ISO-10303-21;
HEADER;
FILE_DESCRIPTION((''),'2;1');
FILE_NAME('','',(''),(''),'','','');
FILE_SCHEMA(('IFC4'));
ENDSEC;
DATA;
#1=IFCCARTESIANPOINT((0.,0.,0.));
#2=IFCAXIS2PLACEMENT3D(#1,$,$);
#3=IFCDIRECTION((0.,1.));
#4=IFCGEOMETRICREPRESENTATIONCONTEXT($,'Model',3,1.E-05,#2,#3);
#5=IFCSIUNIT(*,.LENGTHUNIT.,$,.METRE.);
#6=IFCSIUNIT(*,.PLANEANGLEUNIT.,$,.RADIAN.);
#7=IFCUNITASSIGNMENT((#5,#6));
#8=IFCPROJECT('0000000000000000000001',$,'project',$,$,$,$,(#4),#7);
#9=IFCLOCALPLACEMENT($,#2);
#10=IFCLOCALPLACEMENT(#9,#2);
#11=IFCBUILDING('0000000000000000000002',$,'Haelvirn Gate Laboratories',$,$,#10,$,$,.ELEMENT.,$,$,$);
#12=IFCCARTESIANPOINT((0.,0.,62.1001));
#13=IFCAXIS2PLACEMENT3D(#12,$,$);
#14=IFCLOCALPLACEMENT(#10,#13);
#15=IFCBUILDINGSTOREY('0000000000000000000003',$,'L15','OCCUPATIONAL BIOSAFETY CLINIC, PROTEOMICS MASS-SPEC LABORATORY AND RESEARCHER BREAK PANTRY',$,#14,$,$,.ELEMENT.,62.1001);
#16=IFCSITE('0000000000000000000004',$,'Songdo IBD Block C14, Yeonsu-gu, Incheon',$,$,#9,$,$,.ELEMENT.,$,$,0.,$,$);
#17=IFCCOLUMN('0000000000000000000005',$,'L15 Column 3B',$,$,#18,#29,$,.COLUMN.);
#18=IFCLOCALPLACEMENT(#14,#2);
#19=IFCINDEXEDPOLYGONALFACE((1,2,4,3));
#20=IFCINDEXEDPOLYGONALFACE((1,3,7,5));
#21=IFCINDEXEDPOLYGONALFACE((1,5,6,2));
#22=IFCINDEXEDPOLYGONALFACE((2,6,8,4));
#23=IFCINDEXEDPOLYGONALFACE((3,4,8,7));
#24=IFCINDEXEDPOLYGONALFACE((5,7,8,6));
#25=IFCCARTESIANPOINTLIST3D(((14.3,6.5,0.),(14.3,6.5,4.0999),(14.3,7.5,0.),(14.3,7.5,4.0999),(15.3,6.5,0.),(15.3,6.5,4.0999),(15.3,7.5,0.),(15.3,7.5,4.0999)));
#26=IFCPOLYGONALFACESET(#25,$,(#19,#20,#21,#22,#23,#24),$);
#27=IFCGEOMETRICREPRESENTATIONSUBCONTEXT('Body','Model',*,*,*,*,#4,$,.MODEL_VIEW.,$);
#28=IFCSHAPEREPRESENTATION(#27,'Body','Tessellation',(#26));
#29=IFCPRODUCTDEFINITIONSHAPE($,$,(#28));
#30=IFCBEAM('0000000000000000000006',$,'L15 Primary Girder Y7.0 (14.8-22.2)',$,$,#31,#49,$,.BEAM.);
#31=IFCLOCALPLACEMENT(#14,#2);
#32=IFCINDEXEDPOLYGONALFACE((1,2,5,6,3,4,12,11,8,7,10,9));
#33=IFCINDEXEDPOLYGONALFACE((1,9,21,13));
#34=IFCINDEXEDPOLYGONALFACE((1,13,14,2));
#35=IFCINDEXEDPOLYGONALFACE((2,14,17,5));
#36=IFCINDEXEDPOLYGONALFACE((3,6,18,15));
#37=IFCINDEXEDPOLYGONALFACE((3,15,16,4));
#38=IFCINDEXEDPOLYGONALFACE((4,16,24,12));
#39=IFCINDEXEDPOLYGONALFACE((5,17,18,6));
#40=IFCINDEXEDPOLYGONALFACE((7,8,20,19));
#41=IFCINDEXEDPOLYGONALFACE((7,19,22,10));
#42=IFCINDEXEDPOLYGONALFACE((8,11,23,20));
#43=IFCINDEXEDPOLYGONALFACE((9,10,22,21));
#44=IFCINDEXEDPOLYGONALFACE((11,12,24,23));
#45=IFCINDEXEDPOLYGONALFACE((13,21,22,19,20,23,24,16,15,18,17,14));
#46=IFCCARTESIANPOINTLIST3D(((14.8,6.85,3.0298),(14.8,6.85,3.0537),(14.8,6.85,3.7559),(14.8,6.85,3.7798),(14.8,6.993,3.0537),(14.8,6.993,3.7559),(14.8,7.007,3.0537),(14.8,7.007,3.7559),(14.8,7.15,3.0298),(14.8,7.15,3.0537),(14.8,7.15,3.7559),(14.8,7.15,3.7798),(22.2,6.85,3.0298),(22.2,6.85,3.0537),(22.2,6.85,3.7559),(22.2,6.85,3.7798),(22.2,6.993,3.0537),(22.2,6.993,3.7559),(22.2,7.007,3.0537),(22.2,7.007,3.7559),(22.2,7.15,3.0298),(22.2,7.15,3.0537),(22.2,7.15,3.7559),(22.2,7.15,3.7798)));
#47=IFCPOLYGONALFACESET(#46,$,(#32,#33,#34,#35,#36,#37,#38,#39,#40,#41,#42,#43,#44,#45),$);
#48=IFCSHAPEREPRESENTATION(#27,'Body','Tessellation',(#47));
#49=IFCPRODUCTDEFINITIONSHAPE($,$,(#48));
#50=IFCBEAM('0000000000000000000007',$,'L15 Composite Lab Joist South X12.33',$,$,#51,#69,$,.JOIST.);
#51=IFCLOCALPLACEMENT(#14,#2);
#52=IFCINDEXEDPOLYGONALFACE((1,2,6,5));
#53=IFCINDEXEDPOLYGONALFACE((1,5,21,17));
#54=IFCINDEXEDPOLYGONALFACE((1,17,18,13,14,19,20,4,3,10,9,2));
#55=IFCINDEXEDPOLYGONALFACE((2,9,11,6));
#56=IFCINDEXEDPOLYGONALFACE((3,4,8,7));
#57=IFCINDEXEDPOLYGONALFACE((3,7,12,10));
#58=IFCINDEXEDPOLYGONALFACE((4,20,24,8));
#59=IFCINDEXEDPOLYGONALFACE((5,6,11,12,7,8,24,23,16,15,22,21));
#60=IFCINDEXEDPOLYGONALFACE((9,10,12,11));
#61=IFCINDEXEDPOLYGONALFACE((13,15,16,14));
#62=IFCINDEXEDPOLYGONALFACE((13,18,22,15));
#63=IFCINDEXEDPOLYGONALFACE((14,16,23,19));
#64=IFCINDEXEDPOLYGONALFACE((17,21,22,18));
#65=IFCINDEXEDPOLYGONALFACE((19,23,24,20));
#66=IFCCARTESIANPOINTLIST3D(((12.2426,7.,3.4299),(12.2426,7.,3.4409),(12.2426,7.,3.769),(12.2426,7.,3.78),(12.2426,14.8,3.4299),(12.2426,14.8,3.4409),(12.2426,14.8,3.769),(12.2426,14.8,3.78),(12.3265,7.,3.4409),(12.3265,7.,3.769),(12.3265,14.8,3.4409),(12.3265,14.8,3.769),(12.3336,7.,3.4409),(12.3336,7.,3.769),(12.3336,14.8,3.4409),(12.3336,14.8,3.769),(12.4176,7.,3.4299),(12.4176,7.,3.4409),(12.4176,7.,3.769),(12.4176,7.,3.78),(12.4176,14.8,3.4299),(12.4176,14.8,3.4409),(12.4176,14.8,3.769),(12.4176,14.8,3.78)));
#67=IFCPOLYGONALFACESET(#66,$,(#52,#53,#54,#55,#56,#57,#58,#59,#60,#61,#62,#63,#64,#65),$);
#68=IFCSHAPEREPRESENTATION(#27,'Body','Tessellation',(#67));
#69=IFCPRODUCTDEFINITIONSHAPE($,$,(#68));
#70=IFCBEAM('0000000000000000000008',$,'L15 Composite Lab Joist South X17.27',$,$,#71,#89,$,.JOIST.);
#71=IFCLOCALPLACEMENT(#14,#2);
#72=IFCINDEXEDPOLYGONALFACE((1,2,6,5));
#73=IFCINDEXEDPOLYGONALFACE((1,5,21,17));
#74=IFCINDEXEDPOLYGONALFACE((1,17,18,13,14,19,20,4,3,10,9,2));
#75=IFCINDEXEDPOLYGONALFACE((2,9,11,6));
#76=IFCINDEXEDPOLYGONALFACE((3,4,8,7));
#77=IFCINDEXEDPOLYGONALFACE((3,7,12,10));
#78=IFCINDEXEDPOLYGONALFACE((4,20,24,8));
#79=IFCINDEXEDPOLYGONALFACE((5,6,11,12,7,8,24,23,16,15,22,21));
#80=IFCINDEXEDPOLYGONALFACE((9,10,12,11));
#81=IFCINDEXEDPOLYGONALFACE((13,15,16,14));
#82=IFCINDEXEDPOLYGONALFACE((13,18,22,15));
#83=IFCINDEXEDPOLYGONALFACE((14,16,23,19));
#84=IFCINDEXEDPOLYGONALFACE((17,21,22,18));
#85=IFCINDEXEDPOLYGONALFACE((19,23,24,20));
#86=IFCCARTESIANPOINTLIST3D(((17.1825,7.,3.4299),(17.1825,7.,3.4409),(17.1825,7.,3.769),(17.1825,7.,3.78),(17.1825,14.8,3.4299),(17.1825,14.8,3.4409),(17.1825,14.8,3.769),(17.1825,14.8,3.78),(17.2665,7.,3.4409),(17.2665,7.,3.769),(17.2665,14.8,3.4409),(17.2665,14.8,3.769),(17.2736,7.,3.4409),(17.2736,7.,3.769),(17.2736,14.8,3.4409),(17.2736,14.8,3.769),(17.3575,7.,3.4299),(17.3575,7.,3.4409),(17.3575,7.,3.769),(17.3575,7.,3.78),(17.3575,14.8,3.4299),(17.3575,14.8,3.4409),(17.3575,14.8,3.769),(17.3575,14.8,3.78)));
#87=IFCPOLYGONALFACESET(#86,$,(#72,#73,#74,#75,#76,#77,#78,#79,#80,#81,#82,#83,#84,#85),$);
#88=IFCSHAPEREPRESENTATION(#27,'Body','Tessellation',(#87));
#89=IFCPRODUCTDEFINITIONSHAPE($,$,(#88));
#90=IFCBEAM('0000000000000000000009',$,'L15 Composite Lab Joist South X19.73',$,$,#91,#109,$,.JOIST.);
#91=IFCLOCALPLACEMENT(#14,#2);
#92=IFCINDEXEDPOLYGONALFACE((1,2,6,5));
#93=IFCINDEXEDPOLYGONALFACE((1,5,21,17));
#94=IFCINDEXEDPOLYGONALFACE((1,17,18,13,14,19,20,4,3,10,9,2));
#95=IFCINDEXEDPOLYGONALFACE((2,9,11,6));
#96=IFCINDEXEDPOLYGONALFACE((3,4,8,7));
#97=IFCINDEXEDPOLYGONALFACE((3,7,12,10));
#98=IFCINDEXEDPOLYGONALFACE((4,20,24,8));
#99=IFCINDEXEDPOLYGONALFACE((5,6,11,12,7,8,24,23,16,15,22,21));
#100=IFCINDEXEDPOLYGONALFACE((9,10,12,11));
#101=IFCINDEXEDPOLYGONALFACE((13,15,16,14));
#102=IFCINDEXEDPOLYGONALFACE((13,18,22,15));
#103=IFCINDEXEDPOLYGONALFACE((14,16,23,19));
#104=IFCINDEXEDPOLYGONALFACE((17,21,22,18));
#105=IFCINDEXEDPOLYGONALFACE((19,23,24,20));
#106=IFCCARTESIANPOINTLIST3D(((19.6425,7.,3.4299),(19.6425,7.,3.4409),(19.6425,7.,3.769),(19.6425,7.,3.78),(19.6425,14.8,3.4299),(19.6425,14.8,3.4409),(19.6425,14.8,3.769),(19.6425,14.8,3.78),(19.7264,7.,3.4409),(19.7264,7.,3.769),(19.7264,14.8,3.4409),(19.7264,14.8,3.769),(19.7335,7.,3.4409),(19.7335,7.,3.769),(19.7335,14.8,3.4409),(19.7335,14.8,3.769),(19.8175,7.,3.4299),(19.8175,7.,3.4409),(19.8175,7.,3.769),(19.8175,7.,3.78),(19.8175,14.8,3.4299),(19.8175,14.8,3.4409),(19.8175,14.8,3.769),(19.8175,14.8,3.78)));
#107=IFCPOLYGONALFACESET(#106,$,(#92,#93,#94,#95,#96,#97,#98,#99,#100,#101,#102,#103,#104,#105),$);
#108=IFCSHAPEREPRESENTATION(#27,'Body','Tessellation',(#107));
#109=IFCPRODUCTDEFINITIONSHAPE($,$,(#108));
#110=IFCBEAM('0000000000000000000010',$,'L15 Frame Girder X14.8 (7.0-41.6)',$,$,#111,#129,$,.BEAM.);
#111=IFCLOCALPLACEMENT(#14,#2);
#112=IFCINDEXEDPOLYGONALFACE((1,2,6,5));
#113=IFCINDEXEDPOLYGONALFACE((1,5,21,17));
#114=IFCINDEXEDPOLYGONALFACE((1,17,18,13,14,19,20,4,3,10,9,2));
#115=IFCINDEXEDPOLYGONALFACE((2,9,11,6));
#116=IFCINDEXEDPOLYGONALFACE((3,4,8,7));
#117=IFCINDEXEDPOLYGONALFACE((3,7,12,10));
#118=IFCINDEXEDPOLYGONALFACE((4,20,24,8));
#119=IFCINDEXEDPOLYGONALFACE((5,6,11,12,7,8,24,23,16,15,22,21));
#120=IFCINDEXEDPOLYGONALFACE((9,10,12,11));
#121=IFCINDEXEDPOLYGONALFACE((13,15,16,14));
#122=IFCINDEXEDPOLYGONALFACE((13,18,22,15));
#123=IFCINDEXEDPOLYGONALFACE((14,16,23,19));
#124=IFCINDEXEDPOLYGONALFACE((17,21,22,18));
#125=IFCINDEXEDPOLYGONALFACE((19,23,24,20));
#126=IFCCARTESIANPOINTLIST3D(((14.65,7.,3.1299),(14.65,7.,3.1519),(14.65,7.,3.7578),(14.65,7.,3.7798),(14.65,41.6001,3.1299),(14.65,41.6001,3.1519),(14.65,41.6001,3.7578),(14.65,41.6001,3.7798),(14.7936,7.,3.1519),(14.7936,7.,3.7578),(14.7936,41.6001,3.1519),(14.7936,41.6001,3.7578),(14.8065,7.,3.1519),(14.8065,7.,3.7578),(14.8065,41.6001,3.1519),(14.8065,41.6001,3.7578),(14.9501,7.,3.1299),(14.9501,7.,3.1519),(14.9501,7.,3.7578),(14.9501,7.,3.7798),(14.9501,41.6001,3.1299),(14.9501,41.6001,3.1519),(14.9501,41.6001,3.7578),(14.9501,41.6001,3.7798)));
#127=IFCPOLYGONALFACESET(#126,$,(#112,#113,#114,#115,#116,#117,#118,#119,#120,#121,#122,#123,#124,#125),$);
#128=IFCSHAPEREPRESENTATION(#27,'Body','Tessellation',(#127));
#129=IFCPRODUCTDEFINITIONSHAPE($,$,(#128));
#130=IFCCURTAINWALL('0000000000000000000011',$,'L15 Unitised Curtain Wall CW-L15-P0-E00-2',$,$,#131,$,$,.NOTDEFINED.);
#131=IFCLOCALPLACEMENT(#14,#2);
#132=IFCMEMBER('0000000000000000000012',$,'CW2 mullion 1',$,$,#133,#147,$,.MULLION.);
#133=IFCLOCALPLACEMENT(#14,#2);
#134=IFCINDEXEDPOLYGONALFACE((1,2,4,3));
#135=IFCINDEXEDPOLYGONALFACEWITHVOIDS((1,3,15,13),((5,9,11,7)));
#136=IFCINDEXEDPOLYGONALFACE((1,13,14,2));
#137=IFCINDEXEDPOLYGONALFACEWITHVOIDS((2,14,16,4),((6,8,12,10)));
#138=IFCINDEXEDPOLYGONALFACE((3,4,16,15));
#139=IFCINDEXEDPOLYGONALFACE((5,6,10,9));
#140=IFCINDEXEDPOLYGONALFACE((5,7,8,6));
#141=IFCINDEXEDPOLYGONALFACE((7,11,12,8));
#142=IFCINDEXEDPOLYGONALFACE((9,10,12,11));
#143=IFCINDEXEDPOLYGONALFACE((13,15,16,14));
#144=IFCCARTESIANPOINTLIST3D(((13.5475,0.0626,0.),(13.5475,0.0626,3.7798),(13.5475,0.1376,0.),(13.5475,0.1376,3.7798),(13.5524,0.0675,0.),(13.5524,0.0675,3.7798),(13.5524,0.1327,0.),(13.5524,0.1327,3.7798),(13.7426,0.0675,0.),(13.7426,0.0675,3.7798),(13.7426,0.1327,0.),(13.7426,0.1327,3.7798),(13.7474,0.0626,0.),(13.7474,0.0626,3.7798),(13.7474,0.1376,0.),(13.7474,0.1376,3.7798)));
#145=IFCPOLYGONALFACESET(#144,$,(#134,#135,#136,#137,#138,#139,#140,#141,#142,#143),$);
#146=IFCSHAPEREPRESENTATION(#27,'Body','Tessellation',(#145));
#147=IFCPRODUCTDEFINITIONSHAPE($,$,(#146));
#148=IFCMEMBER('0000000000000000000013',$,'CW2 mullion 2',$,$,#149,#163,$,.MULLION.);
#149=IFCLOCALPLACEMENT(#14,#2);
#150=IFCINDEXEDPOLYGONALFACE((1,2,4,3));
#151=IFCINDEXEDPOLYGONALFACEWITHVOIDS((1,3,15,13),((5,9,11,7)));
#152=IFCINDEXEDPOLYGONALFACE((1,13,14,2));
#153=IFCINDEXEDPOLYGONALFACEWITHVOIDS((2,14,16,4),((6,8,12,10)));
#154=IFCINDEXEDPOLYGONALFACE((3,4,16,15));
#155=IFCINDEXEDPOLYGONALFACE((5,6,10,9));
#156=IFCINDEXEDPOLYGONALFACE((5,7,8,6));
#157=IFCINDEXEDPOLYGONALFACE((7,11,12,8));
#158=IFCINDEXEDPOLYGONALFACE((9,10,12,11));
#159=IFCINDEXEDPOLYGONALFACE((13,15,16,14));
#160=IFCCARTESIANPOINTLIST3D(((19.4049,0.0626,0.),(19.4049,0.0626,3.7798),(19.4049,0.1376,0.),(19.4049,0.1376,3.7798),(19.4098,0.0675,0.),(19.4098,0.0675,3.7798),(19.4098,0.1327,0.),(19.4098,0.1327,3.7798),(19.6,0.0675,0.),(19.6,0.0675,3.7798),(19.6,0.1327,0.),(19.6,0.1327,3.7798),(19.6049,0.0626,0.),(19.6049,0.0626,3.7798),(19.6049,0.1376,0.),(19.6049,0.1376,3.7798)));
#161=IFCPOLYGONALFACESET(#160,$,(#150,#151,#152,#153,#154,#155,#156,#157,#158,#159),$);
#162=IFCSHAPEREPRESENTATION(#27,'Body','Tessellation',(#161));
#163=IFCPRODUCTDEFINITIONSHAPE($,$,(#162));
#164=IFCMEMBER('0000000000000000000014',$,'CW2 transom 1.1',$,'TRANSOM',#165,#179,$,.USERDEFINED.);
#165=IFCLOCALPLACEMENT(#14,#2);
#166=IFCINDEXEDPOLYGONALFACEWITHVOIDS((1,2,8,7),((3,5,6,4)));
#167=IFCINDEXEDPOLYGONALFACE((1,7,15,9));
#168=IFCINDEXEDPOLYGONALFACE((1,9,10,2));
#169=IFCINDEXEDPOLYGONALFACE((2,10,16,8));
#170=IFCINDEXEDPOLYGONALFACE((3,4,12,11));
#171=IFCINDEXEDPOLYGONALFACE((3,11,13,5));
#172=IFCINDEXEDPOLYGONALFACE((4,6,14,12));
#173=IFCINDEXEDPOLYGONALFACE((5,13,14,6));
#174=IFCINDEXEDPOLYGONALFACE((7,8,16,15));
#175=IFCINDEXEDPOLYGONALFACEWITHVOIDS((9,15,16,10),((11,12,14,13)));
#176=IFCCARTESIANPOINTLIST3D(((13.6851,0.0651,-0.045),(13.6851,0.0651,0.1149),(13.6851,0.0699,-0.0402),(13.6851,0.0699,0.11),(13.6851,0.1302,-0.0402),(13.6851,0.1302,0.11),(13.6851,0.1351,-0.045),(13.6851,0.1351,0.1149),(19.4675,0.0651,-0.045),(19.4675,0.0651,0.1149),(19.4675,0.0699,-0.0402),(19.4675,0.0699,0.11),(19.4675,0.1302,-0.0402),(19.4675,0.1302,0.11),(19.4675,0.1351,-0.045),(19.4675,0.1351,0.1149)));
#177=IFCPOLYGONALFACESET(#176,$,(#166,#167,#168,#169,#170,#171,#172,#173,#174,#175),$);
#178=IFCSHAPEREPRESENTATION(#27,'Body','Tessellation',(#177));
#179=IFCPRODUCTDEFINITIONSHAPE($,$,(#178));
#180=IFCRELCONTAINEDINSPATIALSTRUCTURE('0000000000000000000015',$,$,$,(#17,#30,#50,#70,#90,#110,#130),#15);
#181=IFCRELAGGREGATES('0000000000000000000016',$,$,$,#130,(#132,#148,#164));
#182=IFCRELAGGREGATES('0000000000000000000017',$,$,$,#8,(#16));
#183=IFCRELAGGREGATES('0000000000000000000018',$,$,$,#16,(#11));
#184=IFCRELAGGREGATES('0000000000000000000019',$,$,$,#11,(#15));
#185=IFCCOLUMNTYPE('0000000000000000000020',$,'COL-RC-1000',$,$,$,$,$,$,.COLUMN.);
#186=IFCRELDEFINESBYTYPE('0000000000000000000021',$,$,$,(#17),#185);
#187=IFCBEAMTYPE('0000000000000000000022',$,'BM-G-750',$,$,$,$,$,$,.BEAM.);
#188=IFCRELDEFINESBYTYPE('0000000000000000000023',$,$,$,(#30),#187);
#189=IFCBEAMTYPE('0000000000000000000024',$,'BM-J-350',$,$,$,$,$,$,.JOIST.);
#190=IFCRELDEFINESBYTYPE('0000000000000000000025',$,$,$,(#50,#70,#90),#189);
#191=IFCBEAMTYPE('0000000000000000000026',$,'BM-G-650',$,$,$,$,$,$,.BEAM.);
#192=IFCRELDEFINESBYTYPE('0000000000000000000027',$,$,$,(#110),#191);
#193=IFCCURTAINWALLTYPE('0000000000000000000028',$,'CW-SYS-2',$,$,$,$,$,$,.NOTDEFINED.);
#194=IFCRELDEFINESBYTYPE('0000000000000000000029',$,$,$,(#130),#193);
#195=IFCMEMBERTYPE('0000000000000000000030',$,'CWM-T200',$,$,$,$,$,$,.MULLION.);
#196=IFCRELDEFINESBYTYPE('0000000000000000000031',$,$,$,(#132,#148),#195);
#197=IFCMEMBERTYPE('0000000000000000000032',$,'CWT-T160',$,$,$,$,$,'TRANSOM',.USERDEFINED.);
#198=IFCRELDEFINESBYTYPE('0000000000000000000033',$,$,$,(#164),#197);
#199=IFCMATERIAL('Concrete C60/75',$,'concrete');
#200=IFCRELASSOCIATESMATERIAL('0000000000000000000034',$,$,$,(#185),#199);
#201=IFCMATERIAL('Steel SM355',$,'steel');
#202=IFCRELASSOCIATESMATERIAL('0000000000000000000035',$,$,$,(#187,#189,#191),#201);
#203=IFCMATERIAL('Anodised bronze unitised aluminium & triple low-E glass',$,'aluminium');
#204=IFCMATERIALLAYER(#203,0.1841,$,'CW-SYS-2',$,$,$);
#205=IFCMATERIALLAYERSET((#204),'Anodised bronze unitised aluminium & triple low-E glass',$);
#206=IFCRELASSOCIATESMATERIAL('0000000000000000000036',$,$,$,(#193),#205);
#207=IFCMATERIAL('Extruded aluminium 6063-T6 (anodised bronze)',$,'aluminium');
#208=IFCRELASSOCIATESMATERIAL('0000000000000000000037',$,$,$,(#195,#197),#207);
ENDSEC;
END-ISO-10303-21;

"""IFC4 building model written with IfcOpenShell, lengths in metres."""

from ifc_helpers import new_model, si_unit, direction, frame, origin, origin_2d, place, context, subcontext, project, spatial, rectangle, hollow_rectangle, i_section, extrude, source, transform, mapped, material, layer, layer_set, material_profile, profile_set, type_object, type_shapes, element, aggregate, save


model = new_model("IFC4")

# Units and contexts
model_context = context("Model", 3, precision=1e-05, world=origin(), true_north=direction((0.0, 1.0)))
body_context = subcontext(model_context, "Body", "Model", "MODEL_VIEW")
ifc_project = project(units=[si_unit("LENGTHUNIT", "METRE"), si_unit("PLANEANGLEUNIT", "RADIAN")], contexts=[model_context])

# Site, building, storey
site_placement = place(None, origin())
site = spatial("IfcSite", under=ifc_project, at=site_placement, Name="Songdo IBD Block C14, Yeonsu-gu, Incheon", CompositionType="ELEMENT", RefElevation=0.0)
building_placement = place(site_placement, origin())
building = spatial("IfcBuilding", under=site, at=building_placement, Name="Haelvirn Gate Laboratories", CompositionType="ELEMENT")
storey_placement = place(building_placement, frame((0.0, 0.0, 62.1001)))
storey = spatial("IfcBuildingStorey", under=building, at=storey_placement, Name="L15", Description="OCCUPATIONAL BIOSAFETY CLINIC, PROTEOMICS MASS-SPEC LABORATORY AND RESEARCHER BREAK PANTRY", CompositionType="ELEMENT", Elevation=62.1001)

# Column
ifc_material_1 = material(Name="Concrete C60/75", Category="concrete")
ifc_material_profile_1 = material_profile(ifc_material_1, rectangle(XDim=1.0, YDim=1.0, at=origin_2d()), Name="RC-1000x1000")
ifc_profile_set_1 = profile_set([ifc_material_profile_1], Name="Concrete C60/75")
column_type = type_object("IfcColumnType", Name="COL-RC-1000", PredefinedType="COLUMN", material=ifc_profile_set_1)
shared_shape_1 = source(origin(), body_context, "Body", "SweptSolid", [
    extrude(rectangle(XDim=1.0, YDim=1.0, at=origin_2d()), origin(), (0.0, 0.0, 1.0), 4.0999),
])
type_shapes(column_type, [shared_shape_1])
column_placement = place(storey_placement, frame((14.8, 7.0, 0.0), z_axis=(0.0, 0.0, 1.0), x_axis=(1.0, 0.0, 0.0)))
element("IfcColumn", 1, at=column_placement, inside=storey, type_object=column_type, Name="L15 Column 3B", PredefinedType="COLUMN", context=body_context, shape_type="MappedRepresentation", body=[
    mapped(shared_shape_1, transform((0.0, 0.0, 0.0), scale=1.0)),
])

# Beams
ifc_material_2 = material(Name="Steel SM355", Category="steel")
ifc_material_profile_2 = material_profile(ifc_material_2, i_section(OverallWidth=0.3, OverallDepth=0.75, WebThickness=0.0139, FlangeThickness=0.0239, at=origin_2d()), Name="H-750x300x14x24")
ifc_profile_set_2 = profile_set([ifc_material_profile_2], Name="Steel SM355")
beam_type_1 = type_object("IfcBeamType", Name="BM-G-750", PredefinedType="BEAM", material=ifc_profile_set_2)
shared_shape_2 = source(origin(), body_context, "Body", "SweptSolid", [
    extrude(i_section(OverallWidth=0.3, OverallDepth=0.75, WebThickness=0.0139, FlangeThickness=0.0239, at=origin_2d()), origin(), (0.0, 0.0, 1.0), 7.3999),
])
type_shapes(beam_type_1, [shared_shape_2])
beam_1_placement = place(storey_placement, frame((14.8, 7.0, 3.4048), z_axis=(1.0, 0.0, 0.0), x_axis=(0.0, 1.0, 0.0)))
element("IfcBeam", 2, at=beam_1_placement, inside=storey, type_object=beam_type_1, Name="L15 Primary Girder Y7.0 (14.8-22.2)", PredefinedType="BEAM", context=body_context, shape_type="MappedRepresentation", body=[
    mapped(shared_shape_2, transform((0.0, 0.0, 0.0), scale=1.0)),
])
ifc_material_profile_3 = material_profile(ifc_material_2, i_section(OverallWidth=0.175, OverallDepth=0.3501, WebThickness=0.0071, FlangeThickness=0.011, at=origin_2d()), Name="H-350x175x7x11")
ifc_profile_set_3 = profile_set([ifc_material_profile_3], Name="Steel SM355")
beam_type_2 = type_object("IfcBeamType", Name="BM-J-350", PredefinedType="JOIST", material=ifc_profile_set_3)
shared_shape_3 = source(origin(), body_context, "Body", "SweptSolid", [
    extrude(i_section(OverallWidth=0.175, OverallDepth=0.3501, WebThickness=0.0071, FlangeThickness=0.011, at=origin_2d()), origin(), (0.0, 0.0, 1.0), 7.8),
])
type_shapes(beam_type_2, [shared_shape_3])
for number, where, z_axis, x_axis, name in (
    (3, (12.3301, 7.0, 3.605), (0.0, 1.0, 0.0), (-1.0, 0.0, 0.0), "L15 Composite Lab Joist South X12.33"),
    (4, (17.27, 7.0, 3.605), (0.0, 1.0, 0.0), (-1.0, 0.0, 0.0), "L15 Composite Lab Joist South X17.27"),
    (5, (19.73, 7.0, 3.605), (0.0, 1.0, 0.0), (-1.0, 0.0, 0.0), "L15 Composite Lab Joist South X19.73"),
):
    element("IfcBeam", number, at=place(storey_placement, frame(where, z_axis=z_axis, x_axis=x_axis)), inside=storey, type_object=beam_type_2, Name=name, PredefinedType="JOIST", context=body_context, shape_type="MappedRepresentation", body=[
        mapped(shared_shape_3, transform((0.0, 0.0, 0.0), scale=1.0)),
    ])
ifc_material_profile_4 = material_profile(ifc_material_2, i_section(OverallWidth=0.3, OverallDepth=0.6499, WebThickness=0.0129, FlangeThickness=0.022, at=origin_2d()), Name="H-650x300x13x22")
ifc_profile_set_4 = profile_set([ifc_material_profile_4], Name="Steel SM355")
beam_type_3 = type_object("IfcBeamType", Name="BM-G-650", PredefinedType="BEAM", material=ifc_profile_set_4)
shared_shape_4 = source(origin(), body_context, "Body", "SweptSolid", [
    extrude(i_section(OverallWidth=0.3, OverallDepth=0.6499, WebThickness=0.0129, FlangeThickness=0.022, at=origin_2d()), origin(), (0.0, 0.0, 1.0), 34.6001),
])
type_shapes(beam_type_3, [shared_shape_4])
beam_2_placement = place(storey_placement, frame((14.8, 7.0, 3.4548), z_axis=(0.0, 1.0, 0.0), x_axis=(-1.0, 0.0, 0.0)))
element("IfcBeam", 6, at=beam_2_placement, inside=storey, type_object=beam_type_3, Name="L15 Frame Girder X14.8 (7.0-41.6)", PredefinedType="BEAM", context=body_context, shape_type="MappedRepresentation", body=[
    mapped(shared_shape_4, transform((0.0, 0.0, 0.0), scale=1.0)),
])

# Curtain wall, members
ifc_material_3 = material(Name="Anodised bronze unitised aluminium & triple low-E glass", Category="aluminium")
ifc_layer_1 = layer(ifc_material_3, 0.1841, Name="CW-SYS-2")
ifc_layer_set_1 = layer_set([ifc_layer_1], Name="Anodised bronze unitised aluminium & triple low-E glass")
curtain_wall_type = type_object("IfcCurtainWallType", Name="CW-SYS-2", PredefinedType="NOTDEFINED", material=ifc_layer_set_1)
curtain_wall_placement = place(storey_placement, origin())
curtain_wall = element("IfcCurtainWall", 7, at=curtain_wall_placement, inside=storey, type_object=curtain_wall_type, Name="L15 Unitised Curtain Wall CW-L15-P0-E00-2", PredefinedType="NOTDEFINED")
ifc_material_4 = material(Name="Extruded aluminium 6063-T6 (anodised bronze)", Category="aluminium")
ifc_material_profile_5 = material_profile(ifc_material_4, hollow_rectangle(XDim=0.075, YDim=0.2, WallThickness=0.0049, at=origin_2d()), Name="CWM-200x75x5")
ifc_profile_set_5 = profile_set([ifc_material_profile_5], Name="Extruded aluminium 6063-T6 (anodised bronze)")
member_type_1 = type_object("IfcMemberType", Name="CWM-T200", PredefinedType="MULLION", material=ifc_profile_set_5)
shared_shape_5 = source(origin(), body_context, "Body", "SweptSolid", [
    extrude(hollow_rectangle(XDim=0.075, YDim=0.2, WallThickness=0.0049, at=origin_2d()), origin(), (0.0, 0.0, 1.0), 3.7798),
])
type_shapes(member_type_1, [shared_shape_5])
member_1_placement = place(storey_placement, frame((13.6475, 0.1001, 0.0), z_axis=(0.0, 0.0, 1.0), x_axis=(0.0, 1.0, 0.0)))
member_1 = element("IfcMember", 8, at=member_1_placement, type_object=member_type_1, Name="CW2 mullion 1", PredefinedType="MULLION", context=body_context, shape_type="MappedRepresentation", body=[
    mapped(shared_shape_5, transform((0.0, 0.0, 0.0), scale=1.0)),
])
member_2_placement = place(storey_placement, frame((19.5049, 0.1001, 0.0), z_axis=(0.0, 0.0, 1.0), x_axis=(0.0, 1.0, 0.0)))
member_2 = element("IfcMember", 9, at=member_2_placement, type_object=member_type_1, Name="CW2 mullion 2", PredefinedType="MULLION", context=body_context, shape_type="MappedRepresentation", body=[
    mapped(shared_shape_5, transform((0.0, 0.0, 0.0), scale=1.0)),
])
ifc_material_profile_6 = material_profile(ifc_material_4, hollow_rectangle(XDim=0.0701, YDim=0.1599, WallThickness=0.0049, at=origin_2d()), Name="CWT-160x70x5")
ifc_profile_set_6 = profile_set([ifc_material_profile_6], Name="Extruded aluminium 6063-T6 (anodised bronze)")
member_type_2 = type_object("IfcMemberType", Name="CWT-T160", ElementType="TRANSOM", PredefinedType="USERDEFINED", material=ifc_profile_set_6)
shared_shape_6 = source(origin(), body_context, "Body", "SweptSolid", [
    extrude(hollow_rectangle(XDim=0.0701, YDim=0.1599, WallThickness=0.0049, at=origin_2d()), origin(), (0.0, 0.0, 1.0), 5.7825),
])
type_shapes(member_type_2, [shared_shape_6])
member_3_placement = place(storey_placement, frame((13.6851, 0.1001, 0.0349), z_axis=(1.0, 0.0, 0.0), x_axis=(0.0, 1.0, 0.0)))
member_3 = element("IfcMember", 10, at=member_3_placement, type_object=member_type_2, Name="CW2 transom 1.1", ObjectType="TRANSOM", PredefinedType="USERDEFINED", context=body_context, shape_type="MappedRepresentation", body=[
    mapped(shared_shape_6, transform((0.0, 0.0, 0.0), scale=1.0)),
])
aggregate(curtain_wall, [member_1, member_2, member_3])

save(model, "model.ifc")
